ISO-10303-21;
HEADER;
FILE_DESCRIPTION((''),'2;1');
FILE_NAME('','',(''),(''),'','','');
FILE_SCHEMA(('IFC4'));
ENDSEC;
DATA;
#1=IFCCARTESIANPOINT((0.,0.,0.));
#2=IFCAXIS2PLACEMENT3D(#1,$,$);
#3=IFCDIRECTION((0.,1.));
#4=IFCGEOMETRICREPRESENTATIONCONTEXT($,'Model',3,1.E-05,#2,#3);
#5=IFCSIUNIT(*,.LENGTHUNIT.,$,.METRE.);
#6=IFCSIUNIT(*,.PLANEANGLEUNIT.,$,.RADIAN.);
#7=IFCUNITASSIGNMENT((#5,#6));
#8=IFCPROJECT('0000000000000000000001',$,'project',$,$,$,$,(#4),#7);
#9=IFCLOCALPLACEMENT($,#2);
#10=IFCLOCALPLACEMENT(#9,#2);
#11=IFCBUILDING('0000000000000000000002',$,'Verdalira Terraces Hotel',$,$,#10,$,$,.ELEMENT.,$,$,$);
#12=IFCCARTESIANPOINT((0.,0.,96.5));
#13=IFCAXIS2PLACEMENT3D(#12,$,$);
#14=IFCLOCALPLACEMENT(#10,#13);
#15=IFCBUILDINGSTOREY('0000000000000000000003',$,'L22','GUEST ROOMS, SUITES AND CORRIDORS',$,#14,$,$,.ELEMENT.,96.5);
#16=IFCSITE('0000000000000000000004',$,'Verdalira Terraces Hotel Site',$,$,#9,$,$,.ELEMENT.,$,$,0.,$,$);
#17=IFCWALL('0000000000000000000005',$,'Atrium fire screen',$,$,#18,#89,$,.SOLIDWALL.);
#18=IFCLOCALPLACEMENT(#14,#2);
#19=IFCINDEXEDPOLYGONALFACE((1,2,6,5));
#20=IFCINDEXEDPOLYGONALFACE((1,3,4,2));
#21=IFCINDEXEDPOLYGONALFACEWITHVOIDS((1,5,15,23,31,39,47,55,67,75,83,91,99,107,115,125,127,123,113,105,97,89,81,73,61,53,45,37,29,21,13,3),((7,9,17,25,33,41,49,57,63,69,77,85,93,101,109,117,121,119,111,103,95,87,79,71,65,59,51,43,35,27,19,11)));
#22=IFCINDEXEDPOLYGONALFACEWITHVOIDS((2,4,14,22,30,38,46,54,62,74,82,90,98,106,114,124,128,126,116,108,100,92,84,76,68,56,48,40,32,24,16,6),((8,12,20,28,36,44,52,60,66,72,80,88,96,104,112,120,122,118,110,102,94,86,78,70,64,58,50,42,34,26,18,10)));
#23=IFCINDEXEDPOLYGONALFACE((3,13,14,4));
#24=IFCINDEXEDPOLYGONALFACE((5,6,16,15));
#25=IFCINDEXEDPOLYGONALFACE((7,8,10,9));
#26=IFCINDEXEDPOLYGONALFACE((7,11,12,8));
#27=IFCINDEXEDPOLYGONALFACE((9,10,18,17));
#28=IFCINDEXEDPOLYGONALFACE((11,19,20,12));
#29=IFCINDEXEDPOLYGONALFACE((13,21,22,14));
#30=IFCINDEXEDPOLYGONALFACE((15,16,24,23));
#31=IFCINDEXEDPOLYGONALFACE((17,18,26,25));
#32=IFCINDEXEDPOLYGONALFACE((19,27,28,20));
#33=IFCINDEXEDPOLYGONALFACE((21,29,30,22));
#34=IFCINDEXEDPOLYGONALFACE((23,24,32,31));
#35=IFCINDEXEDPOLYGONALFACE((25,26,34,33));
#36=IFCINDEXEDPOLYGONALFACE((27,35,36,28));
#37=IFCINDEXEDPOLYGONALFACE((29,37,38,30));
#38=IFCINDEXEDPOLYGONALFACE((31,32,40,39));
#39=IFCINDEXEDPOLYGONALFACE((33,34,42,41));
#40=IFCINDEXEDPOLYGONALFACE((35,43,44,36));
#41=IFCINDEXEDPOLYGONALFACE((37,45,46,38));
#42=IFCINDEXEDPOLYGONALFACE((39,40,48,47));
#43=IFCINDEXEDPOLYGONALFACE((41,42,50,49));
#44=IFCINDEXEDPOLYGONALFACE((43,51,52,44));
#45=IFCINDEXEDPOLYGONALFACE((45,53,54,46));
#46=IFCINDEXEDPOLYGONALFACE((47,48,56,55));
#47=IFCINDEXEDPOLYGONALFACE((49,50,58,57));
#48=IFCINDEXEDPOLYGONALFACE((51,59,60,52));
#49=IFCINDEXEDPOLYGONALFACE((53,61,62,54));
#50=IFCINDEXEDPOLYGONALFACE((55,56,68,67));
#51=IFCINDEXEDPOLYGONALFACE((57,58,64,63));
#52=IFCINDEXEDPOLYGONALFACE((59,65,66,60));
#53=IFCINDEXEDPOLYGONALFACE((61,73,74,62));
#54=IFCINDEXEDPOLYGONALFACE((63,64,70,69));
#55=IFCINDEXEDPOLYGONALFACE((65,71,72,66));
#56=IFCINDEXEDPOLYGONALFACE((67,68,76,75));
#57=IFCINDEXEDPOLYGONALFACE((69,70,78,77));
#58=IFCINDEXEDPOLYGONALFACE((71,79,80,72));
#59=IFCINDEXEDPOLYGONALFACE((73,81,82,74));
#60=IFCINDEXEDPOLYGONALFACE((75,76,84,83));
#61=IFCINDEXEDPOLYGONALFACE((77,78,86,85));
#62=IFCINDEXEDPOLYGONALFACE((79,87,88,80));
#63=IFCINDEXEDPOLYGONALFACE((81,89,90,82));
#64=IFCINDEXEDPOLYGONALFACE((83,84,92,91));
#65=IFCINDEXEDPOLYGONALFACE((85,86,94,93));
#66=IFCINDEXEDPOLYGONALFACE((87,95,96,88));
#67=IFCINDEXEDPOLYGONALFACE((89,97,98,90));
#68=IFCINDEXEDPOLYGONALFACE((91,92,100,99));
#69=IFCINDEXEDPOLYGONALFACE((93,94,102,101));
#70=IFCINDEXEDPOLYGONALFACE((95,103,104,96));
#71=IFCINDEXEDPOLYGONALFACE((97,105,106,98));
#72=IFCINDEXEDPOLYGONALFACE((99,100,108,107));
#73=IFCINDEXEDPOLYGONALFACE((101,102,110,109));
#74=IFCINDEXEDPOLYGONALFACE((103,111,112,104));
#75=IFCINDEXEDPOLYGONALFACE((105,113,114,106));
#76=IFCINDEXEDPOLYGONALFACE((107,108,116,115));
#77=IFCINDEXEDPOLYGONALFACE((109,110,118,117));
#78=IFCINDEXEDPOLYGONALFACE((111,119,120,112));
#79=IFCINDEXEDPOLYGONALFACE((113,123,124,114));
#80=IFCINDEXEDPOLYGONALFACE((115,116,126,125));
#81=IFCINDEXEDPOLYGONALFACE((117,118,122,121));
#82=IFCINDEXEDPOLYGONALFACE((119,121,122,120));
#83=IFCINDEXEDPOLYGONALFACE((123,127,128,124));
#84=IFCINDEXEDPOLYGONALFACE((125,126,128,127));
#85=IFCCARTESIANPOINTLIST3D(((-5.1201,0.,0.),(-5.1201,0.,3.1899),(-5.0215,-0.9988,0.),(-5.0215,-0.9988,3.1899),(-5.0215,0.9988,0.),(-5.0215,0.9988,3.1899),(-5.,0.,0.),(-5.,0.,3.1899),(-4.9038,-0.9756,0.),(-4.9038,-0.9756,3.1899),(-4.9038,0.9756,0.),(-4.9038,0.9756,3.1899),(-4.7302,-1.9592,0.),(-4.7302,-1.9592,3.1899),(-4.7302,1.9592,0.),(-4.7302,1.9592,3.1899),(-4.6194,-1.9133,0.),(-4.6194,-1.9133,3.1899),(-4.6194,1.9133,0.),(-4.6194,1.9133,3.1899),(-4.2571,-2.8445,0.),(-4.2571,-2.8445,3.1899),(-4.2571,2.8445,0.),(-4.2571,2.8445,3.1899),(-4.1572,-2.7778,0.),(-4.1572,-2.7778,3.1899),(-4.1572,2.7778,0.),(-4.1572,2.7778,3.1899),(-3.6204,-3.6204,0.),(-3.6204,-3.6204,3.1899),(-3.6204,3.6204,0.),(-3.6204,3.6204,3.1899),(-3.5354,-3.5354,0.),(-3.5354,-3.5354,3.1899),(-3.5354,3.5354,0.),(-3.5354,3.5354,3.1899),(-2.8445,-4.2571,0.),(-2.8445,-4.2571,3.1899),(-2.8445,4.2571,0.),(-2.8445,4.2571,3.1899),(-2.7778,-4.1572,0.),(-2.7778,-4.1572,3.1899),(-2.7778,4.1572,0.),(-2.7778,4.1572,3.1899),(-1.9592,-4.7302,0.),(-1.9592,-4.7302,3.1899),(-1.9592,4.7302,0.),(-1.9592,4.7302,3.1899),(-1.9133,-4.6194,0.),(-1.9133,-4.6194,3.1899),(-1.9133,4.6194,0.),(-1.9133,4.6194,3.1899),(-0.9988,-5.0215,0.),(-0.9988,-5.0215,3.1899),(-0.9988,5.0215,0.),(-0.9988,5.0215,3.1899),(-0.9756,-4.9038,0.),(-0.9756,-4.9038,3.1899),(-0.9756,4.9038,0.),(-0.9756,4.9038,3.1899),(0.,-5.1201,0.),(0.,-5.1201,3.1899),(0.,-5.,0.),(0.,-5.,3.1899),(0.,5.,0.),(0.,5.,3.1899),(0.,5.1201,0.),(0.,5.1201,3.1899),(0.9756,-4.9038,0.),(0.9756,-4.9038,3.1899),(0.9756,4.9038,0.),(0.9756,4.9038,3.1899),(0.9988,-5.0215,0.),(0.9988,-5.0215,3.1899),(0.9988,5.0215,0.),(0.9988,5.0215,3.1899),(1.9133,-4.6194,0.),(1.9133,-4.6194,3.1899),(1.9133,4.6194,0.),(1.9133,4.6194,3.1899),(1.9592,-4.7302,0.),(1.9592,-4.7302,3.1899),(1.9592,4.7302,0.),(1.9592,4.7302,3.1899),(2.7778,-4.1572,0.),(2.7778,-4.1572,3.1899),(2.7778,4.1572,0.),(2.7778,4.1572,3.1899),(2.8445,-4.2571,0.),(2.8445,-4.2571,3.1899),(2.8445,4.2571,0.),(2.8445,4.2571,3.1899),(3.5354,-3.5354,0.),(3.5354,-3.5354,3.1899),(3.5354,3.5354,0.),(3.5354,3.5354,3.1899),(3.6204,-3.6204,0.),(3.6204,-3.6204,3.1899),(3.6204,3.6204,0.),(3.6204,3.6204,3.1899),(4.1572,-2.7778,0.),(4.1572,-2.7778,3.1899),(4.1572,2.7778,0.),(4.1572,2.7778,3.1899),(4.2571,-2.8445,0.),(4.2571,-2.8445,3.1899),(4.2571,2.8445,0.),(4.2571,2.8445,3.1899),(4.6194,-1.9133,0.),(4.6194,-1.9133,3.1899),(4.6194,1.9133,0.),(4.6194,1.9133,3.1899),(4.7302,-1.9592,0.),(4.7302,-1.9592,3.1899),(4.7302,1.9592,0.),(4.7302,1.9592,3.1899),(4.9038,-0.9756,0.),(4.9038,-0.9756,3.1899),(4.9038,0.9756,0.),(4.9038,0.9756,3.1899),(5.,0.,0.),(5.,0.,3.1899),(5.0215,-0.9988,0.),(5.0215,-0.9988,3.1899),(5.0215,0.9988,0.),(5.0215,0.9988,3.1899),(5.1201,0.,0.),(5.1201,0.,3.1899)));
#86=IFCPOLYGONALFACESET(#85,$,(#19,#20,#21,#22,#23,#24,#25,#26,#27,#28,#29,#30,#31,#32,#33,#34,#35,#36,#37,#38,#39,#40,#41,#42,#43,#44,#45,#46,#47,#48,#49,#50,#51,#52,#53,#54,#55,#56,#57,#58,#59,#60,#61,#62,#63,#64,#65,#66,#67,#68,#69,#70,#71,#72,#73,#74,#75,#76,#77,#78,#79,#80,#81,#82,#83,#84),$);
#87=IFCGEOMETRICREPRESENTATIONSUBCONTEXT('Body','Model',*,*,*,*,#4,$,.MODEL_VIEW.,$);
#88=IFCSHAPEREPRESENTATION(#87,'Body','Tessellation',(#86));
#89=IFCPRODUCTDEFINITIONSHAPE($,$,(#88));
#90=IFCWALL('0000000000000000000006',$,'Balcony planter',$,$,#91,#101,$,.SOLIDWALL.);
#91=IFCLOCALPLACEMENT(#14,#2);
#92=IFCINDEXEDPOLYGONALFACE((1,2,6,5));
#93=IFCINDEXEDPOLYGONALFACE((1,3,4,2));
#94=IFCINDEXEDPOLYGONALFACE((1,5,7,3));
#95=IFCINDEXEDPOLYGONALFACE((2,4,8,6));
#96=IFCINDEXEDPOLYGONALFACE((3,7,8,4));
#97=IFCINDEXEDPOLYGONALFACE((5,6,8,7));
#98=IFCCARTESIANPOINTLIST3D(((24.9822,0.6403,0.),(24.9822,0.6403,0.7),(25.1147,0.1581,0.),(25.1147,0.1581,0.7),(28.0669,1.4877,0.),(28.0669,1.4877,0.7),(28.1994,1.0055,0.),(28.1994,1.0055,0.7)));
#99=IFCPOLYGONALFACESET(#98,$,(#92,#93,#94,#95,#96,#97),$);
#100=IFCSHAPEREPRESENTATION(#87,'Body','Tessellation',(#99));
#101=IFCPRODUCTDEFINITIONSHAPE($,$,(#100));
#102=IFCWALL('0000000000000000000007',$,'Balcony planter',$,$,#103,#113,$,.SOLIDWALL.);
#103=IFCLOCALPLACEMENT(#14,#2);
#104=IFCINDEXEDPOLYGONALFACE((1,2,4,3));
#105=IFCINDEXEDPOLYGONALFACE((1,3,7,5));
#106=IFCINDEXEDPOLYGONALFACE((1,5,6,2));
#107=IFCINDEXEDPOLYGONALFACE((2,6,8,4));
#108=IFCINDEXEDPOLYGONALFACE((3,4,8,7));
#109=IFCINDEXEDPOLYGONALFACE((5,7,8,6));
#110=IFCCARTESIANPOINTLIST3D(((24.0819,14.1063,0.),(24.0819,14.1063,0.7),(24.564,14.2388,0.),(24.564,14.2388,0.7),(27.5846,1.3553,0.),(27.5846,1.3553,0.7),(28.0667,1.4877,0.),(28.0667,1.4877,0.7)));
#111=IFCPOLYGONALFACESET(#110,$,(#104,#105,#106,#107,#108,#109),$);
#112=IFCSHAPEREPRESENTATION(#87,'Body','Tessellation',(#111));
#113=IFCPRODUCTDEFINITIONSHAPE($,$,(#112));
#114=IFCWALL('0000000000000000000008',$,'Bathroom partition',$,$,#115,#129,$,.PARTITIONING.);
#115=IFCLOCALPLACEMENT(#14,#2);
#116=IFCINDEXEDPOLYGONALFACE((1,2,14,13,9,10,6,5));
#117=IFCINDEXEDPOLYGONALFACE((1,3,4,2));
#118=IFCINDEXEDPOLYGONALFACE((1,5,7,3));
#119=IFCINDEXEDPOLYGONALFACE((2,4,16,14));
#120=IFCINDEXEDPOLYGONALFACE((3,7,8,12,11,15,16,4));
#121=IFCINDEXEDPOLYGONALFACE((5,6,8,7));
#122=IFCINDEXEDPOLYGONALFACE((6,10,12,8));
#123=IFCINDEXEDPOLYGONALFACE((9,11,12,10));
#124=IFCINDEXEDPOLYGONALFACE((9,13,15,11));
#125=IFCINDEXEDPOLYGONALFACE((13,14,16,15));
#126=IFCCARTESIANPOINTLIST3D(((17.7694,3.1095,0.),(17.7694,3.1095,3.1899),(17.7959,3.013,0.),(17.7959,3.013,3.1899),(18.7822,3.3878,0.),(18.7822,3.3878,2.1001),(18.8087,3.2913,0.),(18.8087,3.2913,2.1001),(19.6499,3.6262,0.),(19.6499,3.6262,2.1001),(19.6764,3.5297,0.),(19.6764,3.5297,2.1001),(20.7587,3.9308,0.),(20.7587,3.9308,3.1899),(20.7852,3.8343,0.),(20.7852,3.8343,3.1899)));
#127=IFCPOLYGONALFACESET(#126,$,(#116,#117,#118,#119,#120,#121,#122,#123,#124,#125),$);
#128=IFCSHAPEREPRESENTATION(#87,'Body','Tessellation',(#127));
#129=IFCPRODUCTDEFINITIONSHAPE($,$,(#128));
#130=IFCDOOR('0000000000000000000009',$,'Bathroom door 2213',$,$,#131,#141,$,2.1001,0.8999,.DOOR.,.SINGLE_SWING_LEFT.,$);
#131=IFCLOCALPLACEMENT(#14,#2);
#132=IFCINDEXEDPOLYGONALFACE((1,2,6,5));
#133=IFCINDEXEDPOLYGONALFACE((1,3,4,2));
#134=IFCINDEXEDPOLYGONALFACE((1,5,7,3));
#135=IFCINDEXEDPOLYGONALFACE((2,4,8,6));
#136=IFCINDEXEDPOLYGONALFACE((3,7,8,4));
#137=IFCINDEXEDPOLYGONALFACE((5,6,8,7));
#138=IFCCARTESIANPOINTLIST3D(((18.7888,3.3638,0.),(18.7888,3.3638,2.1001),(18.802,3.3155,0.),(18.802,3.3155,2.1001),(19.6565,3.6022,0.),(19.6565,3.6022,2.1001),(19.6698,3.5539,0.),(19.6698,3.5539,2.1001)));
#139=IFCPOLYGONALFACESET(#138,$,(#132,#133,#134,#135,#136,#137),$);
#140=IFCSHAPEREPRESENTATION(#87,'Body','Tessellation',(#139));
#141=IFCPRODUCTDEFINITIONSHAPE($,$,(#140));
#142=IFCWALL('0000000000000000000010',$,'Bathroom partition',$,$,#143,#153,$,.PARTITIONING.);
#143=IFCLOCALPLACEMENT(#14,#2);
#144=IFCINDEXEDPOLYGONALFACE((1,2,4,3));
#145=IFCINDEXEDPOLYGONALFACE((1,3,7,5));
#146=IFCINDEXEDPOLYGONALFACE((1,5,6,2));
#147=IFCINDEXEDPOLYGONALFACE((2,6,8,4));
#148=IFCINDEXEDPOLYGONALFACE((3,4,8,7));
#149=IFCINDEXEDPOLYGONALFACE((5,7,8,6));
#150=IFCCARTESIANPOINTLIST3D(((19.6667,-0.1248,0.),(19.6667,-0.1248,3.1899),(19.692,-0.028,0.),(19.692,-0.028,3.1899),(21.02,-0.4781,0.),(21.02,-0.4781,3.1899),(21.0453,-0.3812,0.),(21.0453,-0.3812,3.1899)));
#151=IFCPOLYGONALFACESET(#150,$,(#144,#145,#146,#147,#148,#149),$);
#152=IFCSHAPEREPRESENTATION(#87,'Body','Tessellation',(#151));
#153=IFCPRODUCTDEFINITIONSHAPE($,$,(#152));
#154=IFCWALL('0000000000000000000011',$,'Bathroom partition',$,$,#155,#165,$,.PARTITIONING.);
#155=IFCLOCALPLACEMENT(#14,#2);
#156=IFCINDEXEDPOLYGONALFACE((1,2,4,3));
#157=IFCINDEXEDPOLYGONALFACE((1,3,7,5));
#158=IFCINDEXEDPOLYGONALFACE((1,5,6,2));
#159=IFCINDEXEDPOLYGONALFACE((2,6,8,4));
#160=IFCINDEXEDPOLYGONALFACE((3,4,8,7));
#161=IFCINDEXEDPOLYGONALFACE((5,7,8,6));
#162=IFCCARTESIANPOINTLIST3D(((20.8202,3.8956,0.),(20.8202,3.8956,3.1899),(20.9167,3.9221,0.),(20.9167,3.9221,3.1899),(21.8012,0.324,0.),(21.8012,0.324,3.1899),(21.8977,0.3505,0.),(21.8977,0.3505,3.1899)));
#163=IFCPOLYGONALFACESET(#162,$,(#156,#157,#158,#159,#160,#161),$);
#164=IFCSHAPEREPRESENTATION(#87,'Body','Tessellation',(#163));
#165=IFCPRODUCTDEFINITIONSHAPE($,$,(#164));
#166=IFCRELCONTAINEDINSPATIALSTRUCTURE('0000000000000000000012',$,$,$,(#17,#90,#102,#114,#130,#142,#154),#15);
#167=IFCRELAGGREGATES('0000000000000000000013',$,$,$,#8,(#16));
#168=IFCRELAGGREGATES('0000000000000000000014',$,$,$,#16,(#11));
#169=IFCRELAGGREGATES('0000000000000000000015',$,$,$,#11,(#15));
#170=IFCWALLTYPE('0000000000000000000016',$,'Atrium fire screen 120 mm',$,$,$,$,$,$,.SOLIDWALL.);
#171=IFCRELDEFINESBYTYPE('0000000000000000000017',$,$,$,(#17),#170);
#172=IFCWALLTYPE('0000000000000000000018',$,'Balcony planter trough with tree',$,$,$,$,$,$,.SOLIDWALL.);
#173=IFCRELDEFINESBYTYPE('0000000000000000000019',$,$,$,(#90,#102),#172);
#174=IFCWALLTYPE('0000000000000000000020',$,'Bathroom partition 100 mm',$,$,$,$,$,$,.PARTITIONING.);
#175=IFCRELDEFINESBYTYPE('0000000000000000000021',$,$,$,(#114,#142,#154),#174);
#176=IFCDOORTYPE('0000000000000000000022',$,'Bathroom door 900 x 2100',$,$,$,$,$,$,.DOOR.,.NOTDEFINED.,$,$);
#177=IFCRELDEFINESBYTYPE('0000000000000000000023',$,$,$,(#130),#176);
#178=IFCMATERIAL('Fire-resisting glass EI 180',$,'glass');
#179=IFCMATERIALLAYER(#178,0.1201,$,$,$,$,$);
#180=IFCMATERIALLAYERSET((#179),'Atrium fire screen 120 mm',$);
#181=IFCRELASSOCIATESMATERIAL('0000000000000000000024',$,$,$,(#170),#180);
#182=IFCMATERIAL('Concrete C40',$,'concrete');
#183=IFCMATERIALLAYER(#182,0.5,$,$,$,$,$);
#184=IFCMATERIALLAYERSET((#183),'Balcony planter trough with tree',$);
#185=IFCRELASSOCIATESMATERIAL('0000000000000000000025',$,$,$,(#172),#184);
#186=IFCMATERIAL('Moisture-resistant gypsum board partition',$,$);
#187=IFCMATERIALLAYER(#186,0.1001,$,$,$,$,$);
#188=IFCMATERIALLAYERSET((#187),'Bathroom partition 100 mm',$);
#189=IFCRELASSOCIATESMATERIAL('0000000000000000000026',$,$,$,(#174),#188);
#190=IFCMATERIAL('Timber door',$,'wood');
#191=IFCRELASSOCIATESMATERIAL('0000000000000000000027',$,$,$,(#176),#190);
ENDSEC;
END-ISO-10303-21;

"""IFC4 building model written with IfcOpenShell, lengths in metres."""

from ifc_helpers import new_model, si_unit, direction, frame, frame_2d, origin, place, context, subcontext, project, spatial, polyline, rectangle, outline, extrude, material, layer, layer_set, type_object, element, fill, save


model = new_model("IFC4")

# Units and contexts
model_context = context("Model", 3, precision=1e-05, world=origin(), true_north=direction((0.0, 1.0)))
body_context = subcontext(model_context, "Body", "Model", "MODEL_VIEW")
ifc_project = project(units=[si_unit("LENGTHUNIT", "METRE"), si_unit("PLANEANGLEUNIT", "RADIAN")], contexts=[model_context])

# Site, building, storey
site_placement = place(None, origin())
site = spatial("IfcSite", under=ifc_project, at=site_placement, Name="Verdalira Terraces Hotel Site", CompositionType="ELEMENT", RefElevation=0.0)
building_placement = place(site_placement, origin())
building = spatial("IfcBuilding", under=site, at=building_placement, Name="Verdalira Terraces Hotel", CompositionType="ELEMENT")
storey_placement = place(building_placement, frame((0.0, 0.0, 96.5)))
storey = spatial("IfcBuildingStorey", under=building, at=storey_placement, Name="L22", Description="GUEST ROOMS, SUITES AND CORRIDORS", CompositionType="ELEMENT", Elevation=96.5)

# Walls
ifc_material_1 = material(Name="Fire-resisting glass EI 180", Category="glass")
ifc_layer_1 = layer(ifc_material_1, 0.1201)
ifc_layer_set_1 = layer_set([ifc_layer_1], Name="Atrium fire screen 120 mm")
wall_type_1 = type_object("IfcWallType", Name="Atrium fire screen 120 mm", PredefinedType="SOLIDWALL", material=ifc_layer_set_1)
wall_1_placement = place(storey_placement, origin())
element("IfcWall", 1, at=wall_1_placement, inside=storey, type_object=wall_type_1, Name="Atrium fire screen", PredefinedType="SOLIDWALL", context=body_context, shape_type="SweptSolid", body=[
    extrude(outline(polyline([(5.0215, -0.9988), (4.7302, -1.9592), (4.2571, -2.8445), (3.6204, -3.6204), (2.8445, -4.2571), (1.9592, -4.7302), (0.9988, -5.0215), (0.0, -5.1201), (-0.9988, -5.0215), (-1.9592, -4.7302), (-2.8445, -4.2571), (-3.6204, -3.6204), (-4.2571, -2.8445), (-4.7302, -1.9592), (-5.0215, -0.9988), (-5.1201, 0.0), (-5.0215, 0.9988), (-4.7302, 1.9592), (-4.2571, 2.8445), (-3.6204, 3.6204), (-2.8445, 4.2571), (-1.9592, 4.7302), (-0.9988, 5.0215), (0.0, 5.1201), (0.9988, 5.0215), (1.9592, 4.7302), (2.8445, 4.2571), (3.6204, 3.6204), (4.2571, 2.8445), (4.7302, 1.9592), (5.0215, 0.9988), (5.1201, 0.0), (5.0215, -0.9988)]), holes=[polyline([(4.9038, 0.9756), (4.6194, 1.9133), (4.1572, 2.7778), (3.5354, 3.5354), (2.7778, 4.1572), (1.9133, 4.6194), (0.9756, 4.9038), (0.0, 5.0), (-0.9756, 4.9038), (-1.9133, 4.6194), (-2.7778, 4.1572), (-3.5354, 3.5354), (-4.1572, 2.7778), (-4.6194, 1.9133), (-4.9038, 0.9756), (-5.0, 0.0), (-4.9038, -0.9756), (-4.6194, -1.9133), (-4.1572, -2.7778), (-3.5354, -3.5354), (-2.7778, -4.1572), (-1.9133, -4.6194), (-0.9756, -4.9038), (0.0, -5.0), (0.9756, -4.9038), (1.9133, -4.6194), (2.7778, -4.1572), (3.5354, -3.5354), (4.1572, -2.7778), (4.6194, -1.9133), (4.9038, -0.9756), (5.0, 0.0), (4.9038, 0.9756)])]), origin(), (0.0, 0.0, 1.0), 3.1899),
])
ifc_material_2 = material(Name="Concrete C40", Category="concrete")
ifc_layer_2 = layer(ifc_material_2, 0.5)
ifc_layer_set_2 = layer_set([ifc_layer_2], Name="Balcony planter trough with tree")
wall_type_2 = type_object("IfcWallType", Name="Balcony planter trough with tree", PredefinedType="SOLIDWALL", material=ifc_layer_set_2)
wall_2_placement = place(storey_placement, frame((25.0483, 0.3992, 0.0), z_axis=(0.0, 0.0, 1.0), x_axis=(0.964276, 0.264899, 0.0)))
element("IfcWall", 2, at=wall_2_placement, inside=storey, type_object=wall_type_2, Name="Balcony planter", PredefinedType="SOLIDWALL", context=body_context, shape_type="SweptSolid", body=[
    extrude(rectangle(XDim=3.199, YDim=0.5, at=frame_2d((1.5996, 0.0))), origin(), (0.0, 0.0, 1.0), 0.7),
])
wall_3_placement = place(storey_placement, frame((27.8257, 1.4214, 0.0), z_axis=(0.0, 0.0, 1.0), x_axis=(-0.264887, 0.964279, 0.0)))
element("IfcWall", 3, at=wall_3_placement, inside=storey, type_object=wall_type_2, Name="Balcony planter", PredefinedType="SOLIDWALL", context=body_context, shape_type="SweptSolid", body=[
    extrude(rectangle(XDim=13.2234, YDim=0.5, at=frame_2d((6.6118, 0.0))), origin(), (0.0, 0.0, 1.0), 0.7),
])

# Wall, opening, door
ifc_material_3 = material(Name="Moisture-resistant gypsum board partition")
ifc_layer_3 = layer(ifc_material_3, 0.1001)
ifc_layer_set_3 = layer_set([ifc_layer_3], Name="Bathroom partition 100 mm")
wall_type_3 = type_object("IfcWallType", Name="Bathroom partition 100 mm", PredefinedType="PARTITIONING", material=ifc_layer_set_3)
wall_4_placement = place(storey_placement, frame((20.772, 3.8826, 0.0), z_axis=(0.0, 0.0, 1.0), x_axis=(-0.964268, -0.26493, 0.0)))
wall_4 = element("IfcWall", 4, at=wall_4_placement, inside=storey, type_object=wall_type_3, Name="Bathroom partition", PredefinedType="PARTITIONING", context=body_context, shape_type="SweptSolid", body=[
    extrude(rectangle(XDim=3.1001, YDim=0.1001, at=frame_2d((1.55, 0.0))), origin(), (0.0, 0.0, 1.0), 3.1899),
])
opening_1_placement = place(wall_4_placement, frame((1.1499, 0.0, 0.0)))
opening_1 = element("IfcOpeningElement", 5, at=opening_1_placement, cuts=wall_4, PredefinedType="OPENING", context=body_context, shape_type="SweptSolid", body=[
    extrude(rectangle(XDim=0.8999, YDim=2.1001, at=frame_2d((0.45, 1.05))), frame((0.0, 0.0601, 0.0), z_axis=(0.0, -1.0, 0.0), x_axis=(1.0, 0.0, 0.0)), (0.0, 0.0, 1.0), 0.1201),
])
ifc_material_4 = material(Name="Timber door", Category="wood")
door_type_1 = type_object("IfcDoorType", Name="Bathroom door 900 x 2100", OperationType="NOTDEFINED", PredefinedType="DOOR", material=ifc_material_4)
door_1_placement = place(opening_1_placement, origin())
door_1 = element("IfcDoor", 6, at=door_1_placement, inside=storey, type_object=door_type_1, Name="Bathroom door 2213", OperationType="SINGLE_SWING_LEFT", OverallHeight=2.1001, OverallWidth=0.8999, PredefinedType="DOOR", context=body_context, shape_type="SweptSolid", body=[
    extrude(rectangle(XDim=0.8999, YDim=2.1001, at=frame_2d((0.45, 1.05))), frame((0.0, 0.0249, 0.0), z_axis=(0.0, -1.0, 0.0), x_axis=(1.0, 0.0, 0.0)), (0.0, 0.0, 1.0), 0.05),
])
fill(opening_1, door_1)

# Walls
wall_5_placement = place(storey_placement, frame((19.6794, -0.0764, 0.0), z_axis=(0.0, 0.0, 1.0), x_axis=(0.967575, -0.252585, 0.0)))
element("IfcWall", 7, at=wall_5_placement, inside=storey, type_object=wall_type_3, Name="Bathroom partition", PredefinedType="PARTITIONING", context=body_context, shape_type="SweptSolid", body=[
    extrude(rectangle(XDim=1.3987, YDim=0.1001, at=frame_2d((0.6992, 0.0))), origin(), (0.0, 0.0, 1.0), 3.1899),
])
wall_6_placement = place(storey_placement, frame((20.8684, 3.9089, 0.0), z_axis=(0.0, 0.0, 1.0), x_axis=(0.264852, -0.964289, 0.0)))
element("IfcWall", 8, at=wall_6_placement, inside=storey, type_object=wall_type_3, Name="Bathroom partition", PredefinedType="PARTITIONING", context=body_context, shape_type="SweptSolid", body=[
    extrude(rectangle(XDim=3.7039, YDim=0.1001, at=frame_2d((1.8521, 0.0))), origin(), (0.0, 0.0, 1.0), 3.1899),
])

save(model, "model.ifc")
